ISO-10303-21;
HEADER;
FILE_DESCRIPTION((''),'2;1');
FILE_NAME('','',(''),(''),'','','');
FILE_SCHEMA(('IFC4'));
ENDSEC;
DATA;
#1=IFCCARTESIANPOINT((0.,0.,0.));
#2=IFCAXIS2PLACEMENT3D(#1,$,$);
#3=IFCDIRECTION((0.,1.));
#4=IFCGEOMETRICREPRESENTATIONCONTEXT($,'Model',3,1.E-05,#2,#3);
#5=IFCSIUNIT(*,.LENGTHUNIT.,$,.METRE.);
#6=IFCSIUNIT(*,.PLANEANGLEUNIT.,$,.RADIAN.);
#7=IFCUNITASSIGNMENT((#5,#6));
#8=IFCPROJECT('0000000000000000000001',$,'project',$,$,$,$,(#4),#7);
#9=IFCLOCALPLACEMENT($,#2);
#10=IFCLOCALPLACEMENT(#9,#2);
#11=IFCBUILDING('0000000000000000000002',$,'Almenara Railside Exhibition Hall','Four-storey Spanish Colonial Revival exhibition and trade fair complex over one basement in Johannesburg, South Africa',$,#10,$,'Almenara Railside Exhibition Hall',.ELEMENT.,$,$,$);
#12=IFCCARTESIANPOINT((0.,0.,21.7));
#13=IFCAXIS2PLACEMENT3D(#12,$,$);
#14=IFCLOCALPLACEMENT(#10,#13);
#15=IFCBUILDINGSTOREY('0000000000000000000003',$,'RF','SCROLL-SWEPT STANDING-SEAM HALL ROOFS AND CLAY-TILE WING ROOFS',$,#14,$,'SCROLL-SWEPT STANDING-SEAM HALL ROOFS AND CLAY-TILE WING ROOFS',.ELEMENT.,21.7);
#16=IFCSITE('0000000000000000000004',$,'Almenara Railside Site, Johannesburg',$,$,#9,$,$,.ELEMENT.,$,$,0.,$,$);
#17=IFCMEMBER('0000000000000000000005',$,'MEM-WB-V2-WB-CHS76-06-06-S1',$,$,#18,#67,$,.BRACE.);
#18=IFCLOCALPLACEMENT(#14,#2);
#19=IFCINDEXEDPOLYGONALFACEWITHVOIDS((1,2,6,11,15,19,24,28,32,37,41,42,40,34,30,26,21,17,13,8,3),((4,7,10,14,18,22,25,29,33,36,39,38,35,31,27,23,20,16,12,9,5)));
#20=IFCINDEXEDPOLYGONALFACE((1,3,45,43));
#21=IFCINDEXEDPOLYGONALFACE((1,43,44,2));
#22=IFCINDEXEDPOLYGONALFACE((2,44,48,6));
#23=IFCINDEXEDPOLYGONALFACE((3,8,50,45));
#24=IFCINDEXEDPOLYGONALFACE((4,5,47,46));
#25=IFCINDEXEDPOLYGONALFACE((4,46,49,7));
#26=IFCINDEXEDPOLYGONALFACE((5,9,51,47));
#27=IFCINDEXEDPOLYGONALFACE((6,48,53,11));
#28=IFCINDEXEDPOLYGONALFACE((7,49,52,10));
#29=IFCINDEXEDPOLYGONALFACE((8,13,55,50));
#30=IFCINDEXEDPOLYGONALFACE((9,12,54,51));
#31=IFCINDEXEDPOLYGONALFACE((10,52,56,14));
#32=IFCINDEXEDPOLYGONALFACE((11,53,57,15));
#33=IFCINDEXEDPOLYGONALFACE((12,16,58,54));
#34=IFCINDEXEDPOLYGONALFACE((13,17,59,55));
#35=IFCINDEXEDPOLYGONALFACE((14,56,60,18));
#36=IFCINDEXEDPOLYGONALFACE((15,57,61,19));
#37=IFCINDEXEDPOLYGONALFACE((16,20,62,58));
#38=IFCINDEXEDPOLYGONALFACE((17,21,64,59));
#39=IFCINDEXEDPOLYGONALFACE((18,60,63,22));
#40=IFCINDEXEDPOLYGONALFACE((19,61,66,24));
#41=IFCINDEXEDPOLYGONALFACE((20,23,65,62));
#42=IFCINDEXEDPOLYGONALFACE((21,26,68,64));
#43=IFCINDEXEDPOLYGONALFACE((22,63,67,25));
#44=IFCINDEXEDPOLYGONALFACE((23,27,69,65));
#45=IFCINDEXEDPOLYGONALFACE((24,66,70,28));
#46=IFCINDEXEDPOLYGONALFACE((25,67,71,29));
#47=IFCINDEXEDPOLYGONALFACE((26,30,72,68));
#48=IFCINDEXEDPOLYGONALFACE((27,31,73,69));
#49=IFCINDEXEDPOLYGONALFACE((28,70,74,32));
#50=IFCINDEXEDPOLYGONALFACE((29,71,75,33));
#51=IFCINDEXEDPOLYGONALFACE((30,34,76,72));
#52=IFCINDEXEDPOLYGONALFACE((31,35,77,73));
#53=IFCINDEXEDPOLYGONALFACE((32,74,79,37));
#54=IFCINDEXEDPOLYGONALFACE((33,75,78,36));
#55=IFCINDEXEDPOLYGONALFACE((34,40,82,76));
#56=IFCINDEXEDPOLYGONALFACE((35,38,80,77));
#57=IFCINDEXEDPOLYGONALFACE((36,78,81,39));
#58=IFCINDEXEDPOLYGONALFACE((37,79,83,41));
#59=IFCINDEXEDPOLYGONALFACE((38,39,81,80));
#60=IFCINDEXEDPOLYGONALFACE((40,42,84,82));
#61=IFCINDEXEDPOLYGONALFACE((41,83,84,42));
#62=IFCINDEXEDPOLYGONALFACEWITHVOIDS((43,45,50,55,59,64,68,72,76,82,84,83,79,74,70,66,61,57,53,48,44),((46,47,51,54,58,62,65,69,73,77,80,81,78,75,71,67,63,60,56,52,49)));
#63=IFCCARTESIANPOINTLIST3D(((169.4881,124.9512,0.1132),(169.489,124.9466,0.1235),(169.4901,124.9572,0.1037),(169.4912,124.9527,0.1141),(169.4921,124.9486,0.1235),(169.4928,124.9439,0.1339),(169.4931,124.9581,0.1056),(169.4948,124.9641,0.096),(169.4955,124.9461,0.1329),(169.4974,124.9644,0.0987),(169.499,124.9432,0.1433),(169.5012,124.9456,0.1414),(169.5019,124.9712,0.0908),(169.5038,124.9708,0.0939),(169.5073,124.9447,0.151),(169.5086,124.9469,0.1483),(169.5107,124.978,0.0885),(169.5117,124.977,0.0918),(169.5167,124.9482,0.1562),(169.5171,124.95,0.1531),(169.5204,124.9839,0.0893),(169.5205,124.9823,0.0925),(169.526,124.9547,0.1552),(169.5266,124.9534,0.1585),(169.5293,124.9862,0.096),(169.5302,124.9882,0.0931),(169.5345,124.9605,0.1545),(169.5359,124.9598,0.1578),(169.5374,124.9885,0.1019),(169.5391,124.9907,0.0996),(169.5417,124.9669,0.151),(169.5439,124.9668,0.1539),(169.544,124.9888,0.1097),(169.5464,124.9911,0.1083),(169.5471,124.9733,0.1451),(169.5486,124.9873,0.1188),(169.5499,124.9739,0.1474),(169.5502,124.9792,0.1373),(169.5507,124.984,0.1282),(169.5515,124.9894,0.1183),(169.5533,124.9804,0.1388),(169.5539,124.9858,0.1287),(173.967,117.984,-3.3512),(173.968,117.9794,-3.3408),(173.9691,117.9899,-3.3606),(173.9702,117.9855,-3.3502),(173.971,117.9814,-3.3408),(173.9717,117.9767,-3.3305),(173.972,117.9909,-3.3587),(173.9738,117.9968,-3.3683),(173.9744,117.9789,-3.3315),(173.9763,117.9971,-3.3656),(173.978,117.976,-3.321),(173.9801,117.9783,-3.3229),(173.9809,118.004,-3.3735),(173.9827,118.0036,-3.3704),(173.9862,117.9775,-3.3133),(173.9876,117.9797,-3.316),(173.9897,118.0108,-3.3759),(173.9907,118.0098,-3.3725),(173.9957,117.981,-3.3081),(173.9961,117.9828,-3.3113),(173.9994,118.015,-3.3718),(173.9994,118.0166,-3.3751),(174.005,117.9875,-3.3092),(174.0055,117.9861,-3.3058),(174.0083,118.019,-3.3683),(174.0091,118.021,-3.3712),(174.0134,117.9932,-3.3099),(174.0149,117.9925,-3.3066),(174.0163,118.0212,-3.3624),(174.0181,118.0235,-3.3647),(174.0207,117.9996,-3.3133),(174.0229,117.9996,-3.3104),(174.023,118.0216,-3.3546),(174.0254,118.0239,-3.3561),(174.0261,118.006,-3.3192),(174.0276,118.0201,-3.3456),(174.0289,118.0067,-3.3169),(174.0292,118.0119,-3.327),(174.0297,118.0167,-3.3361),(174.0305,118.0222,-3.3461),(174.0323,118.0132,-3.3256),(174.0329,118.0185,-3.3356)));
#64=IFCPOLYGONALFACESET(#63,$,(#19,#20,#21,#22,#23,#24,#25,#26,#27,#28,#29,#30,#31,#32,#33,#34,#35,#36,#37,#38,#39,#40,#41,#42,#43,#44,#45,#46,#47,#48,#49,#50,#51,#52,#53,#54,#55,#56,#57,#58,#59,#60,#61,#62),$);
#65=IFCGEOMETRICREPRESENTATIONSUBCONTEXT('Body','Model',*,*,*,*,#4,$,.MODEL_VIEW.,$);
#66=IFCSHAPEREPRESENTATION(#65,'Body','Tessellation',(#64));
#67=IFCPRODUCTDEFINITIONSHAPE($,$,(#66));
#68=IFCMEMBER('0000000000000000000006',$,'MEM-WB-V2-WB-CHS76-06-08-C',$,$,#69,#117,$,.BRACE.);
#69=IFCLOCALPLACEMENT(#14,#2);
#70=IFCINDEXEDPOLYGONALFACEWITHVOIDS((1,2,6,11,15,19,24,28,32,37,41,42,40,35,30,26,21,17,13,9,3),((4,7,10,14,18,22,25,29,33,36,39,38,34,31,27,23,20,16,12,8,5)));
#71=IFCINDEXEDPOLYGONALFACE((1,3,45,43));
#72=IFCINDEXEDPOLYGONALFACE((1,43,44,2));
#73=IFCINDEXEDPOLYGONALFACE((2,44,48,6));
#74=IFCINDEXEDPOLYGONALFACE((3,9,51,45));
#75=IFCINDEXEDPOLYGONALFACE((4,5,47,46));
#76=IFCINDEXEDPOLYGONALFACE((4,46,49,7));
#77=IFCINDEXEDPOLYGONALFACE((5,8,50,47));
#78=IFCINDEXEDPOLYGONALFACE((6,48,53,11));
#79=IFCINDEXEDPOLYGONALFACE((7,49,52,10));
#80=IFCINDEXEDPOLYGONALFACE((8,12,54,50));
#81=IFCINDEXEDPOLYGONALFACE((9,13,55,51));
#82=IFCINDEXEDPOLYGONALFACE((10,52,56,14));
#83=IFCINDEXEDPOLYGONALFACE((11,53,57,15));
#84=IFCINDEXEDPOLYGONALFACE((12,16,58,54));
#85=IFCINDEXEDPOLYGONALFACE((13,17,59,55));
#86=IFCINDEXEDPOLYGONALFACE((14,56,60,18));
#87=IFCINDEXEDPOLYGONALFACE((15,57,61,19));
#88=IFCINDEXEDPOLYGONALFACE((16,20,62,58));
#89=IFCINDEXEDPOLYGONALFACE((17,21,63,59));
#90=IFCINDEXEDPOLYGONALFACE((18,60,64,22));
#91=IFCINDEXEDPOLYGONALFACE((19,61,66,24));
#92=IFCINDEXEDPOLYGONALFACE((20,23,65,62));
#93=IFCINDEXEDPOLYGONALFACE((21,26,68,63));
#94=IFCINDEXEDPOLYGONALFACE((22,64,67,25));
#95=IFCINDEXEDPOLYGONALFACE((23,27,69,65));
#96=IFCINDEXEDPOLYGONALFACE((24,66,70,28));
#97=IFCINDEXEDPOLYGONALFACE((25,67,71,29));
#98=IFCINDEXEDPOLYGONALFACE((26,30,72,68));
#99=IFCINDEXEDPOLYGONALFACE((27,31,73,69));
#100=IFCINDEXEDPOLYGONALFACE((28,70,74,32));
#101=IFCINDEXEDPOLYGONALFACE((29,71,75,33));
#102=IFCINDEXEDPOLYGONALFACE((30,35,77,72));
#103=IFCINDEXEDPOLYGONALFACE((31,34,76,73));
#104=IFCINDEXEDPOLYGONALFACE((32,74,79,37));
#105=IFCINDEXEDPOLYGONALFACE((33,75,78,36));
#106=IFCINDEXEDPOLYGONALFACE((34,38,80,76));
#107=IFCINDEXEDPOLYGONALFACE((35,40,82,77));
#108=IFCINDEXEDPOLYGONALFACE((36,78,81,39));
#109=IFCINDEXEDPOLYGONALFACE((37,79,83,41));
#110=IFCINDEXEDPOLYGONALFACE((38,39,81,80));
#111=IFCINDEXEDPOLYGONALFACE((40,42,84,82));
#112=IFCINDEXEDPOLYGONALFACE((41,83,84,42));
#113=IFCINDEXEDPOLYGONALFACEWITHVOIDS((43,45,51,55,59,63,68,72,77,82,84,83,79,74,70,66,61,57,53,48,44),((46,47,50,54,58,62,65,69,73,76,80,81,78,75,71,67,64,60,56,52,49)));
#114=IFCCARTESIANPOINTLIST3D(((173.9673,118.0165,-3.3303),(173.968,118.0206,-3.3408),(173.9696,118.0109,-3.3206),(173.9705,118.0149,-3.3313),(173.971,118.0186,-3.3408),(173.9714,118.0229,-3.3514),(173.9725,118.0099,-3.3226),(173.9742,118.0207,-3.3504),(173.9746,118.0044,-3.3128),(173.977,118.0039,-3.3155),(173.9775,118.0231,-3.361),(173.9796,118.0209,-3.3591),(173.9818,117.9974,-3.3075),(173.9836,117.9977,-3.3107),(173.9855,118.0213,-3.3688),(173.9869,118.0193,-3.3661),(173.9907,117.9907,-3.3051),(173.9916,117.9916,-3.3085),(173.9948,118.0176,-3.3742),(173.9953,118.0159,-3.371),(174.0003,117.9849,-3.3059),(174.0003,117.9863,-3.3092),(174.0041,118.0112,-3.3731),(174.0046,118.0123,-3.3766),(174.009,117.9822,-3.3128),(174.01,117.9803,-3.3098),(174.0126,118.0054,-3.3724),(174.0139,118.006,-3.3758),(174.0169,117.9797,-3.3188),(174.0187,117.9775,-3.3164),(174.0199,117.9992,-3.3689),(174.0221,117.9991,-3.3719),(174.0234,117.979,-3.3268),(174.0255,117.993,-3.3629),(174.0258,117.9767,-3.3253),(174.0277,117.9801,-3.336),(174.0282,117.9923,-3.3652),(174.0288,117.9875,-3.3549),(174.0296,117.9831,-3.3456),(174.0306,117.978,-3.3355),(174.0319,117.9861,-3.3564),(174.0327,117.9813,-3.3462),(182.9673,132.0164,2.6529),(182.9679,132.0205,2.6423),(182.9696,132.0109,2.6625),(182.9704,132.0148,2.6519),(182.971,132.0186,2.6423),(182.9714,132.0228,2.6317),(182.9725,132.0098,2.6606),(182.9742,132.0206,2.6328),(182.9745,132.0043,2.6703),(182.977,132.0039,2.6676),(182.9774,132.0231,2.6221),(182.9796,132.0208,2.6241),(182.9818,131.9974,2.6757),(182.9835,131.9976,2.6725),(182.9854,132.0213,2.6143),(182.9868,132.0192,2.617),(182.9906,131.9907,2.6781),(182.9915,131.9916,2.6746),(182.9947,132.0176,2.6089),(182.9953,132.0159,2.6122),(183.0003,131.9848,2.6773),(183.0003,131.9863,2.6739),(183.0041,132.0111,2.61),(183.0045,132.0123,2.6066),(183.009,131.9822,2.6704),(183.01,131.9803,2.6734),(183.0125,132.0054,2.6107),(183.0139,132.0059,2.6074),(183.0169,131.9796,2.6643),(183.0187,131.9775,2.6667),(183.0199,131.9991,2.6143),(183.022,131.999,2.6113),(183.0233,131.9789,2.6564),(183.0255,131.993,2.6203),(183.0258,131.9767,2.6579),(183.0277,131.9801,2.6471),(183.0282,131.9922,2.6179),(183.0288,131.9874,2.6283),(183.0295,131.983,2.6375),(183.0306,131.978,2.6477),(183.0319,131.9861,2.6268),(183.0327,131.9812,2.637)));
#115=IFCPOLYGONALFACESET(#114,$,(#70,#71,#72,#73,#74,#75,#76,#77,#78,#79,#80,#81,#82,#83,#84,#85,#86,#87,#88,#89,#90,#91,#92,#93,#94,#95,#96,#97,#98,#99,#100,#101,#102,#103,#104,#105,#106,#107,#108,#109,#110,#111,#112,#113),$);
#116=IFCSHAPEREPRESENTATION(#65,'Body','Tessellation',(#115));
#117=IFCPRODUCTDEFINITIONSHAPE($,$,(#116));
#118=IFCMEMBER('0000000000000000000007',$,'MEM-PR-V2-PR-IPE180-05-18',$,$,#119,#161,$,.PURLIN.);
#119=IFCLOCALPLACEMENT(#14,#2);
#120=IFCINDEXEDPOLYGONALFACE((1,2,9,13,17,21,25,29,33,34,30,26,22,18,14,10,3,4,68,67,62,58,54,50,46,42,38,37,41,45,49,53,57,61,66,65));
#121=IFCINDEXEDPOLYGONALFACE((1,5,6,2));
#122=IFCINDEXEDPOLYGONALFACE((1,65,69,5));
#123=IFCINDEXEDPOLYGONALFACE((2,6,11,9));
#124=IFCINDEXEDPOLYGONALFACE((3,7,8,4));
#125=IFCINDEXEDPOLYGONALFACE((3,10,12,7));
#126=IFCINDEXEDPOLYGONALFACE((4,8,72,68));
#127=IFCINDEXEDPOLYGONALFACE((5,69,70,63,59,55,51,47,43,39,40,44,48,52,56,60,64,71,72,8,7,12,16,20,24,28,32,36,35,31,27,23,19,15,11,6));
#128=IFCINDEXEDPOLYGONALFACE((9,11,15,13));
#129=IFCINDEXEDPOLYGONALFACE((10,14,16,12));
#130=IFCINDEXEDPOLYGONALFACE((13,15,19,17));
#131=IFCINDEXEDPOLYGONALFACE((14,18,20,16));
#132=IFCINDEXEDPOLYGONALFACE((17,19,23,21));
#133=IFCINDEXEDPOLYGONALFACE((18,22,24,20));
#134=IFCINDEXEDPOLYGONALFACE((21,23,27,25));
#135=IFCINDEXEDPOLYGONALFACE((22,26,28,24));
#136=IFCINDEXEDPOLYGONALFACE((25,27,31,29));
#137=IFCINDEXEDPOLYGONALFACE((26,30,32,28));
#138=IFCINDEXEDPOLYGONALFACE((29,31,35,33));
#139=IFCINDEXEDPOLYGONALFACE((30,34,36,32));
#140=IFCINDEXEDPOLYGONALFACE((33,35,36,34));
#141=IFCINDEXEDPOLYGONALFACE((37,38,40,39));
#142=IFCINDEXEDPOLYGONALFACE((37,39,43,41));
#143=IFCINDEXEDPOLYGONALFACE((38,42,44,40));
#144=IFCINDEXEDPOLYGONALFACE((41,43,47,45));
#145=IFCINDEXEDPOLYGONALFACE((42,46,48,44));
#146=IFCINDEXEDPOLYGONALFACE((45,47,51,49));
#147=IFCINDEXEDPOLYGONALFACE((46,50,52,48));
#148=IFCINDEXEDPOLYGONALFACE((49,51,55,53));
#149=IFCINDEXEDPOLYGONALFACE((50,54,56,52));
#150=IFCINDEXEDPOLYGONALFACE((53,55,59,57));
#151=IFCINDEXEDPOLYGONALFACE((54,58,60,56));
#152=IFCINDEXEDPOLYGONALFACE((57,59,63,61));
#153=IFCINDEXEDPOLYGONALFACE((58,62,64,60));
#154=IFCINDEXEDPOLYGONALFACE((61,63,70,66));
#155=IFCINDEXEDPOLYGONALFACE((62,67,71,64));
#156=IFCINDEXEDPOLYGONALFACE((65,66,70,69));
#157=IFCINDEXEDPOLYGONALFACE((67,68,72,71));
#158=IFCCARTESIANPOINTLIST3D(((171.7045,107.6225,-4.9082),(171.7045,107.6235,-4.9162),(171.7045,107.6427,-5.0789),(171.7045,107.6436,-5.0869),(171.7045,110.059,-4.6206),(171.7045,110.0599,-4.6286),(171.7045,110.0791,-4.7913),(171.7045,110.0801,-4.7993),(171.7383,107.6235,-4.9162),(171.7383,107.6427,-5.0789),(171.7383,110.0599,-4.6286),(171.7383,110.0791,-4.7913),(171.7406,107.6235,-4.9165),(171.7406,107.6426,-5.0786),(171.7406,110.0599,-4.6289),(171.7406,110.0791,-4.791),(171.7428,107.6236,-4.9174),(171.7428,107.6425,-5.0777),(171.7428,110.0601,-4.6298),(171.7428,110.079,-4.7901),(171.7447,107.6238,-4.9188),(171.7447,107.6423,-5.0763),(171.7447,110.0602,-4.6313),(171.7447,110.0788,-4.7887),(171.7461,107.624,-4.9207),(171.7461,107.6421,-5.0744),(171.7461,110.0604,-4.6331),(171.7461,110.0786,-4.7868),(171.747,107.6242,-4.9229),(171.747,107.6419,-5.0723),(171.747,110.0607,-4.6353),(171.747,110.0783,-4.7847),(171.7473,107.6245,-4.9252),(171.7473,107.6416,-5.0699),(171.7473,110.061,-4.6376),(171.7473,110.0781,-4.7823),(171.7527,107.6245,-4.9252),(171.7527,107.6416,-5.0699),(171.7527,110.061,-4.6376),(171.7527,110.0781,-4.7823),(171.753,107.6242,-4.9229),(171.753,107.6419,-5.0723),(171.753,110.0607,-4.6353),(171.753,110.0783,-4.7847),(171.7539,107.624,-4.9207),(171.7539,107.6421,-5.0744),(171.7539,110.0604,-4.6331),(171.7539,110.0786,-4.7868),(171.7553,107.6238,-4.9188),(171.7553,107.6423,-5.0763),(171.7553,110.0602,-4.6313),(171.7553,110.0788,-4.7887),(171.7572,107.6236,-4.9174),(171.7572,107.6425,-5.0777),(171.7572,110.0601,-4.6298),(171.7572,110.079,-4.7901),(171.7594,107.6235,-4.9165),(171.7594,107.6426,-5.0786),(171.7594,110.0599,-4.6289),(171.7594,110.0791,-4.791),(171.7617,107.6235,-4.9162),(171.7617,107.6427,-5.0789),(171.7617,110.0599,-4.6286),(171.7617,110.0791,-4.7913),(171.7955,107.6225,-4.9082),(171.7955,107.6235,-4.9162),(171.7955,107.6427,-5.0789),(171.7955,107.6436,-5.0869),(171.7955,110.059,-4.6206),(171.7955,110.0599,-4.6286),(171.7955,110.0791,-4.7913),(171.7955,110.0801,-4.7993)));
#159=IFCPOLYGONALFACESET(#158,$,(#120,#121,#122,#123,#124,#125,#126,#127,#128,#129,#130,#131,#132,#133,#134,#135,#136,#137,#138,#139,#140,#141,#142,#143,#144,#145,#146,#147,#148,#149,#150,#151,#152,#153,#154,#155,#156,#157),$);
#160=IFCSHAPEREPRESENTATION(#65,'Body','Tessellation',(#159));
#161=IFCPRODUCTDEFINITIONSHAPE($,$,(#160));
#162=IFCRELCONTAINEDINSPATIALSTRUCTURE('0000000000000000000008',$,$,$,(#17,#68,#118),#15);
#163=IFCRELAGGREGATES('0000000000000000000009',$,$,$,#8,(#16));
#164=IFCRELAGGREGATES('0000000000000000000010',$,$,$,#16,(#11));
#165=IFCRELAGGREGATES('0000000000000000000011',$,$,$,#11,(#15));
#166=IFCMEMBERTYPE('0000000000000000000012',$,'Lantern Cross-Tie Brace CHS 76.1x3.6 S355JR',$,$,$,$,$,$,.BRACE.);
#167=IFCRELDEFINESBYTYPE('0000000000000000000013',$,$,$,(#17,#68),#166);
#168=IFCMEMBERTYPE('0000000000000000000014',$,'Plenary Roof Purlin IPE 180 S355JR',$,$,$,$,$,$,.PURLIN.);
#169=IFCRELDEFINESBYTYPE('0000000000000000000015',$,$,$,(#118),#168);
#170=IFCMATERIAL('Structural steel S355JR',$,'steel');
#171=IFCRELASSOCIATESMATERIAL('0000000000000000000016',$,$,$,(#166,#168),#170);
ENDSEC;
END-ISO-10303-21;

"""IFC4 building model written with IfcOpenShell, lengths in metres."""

from ifc_helpers import new_model, si_unit, direction, frame, origin, origin_2d, place, context, subcontext, project, spatial, hollow_circle, i_section, extrude, material, material_profile, profile_set, type_object, element, save


model = new_model("IFC4")

# Units and contexts
model_context = context("Model", 3, precision=1e-05, world=origin(), true_north=direction((0.0, 1.0)))
body_context = subcontext(model_context, "Body", "Model", "MODEL_VIEW")
ifc_project = project(units=[si_unit("LENGTHUNIT", "METRE"), si_unit("PLANEANGLEUNIT", "RADIAN")], contexts=[model_context])

# Site, building, storey
site_placement = place(None, origin())
site = spatial("IfcSite", under=ifc_project, at=site_placement, Name="Almenara Railside Site, Johannesburg", CompositionType="ELEMENT", RefElevation=0.0)
building_placement = place(site_placement, origin())
building = spatial("IfcBuilding", under=site, at=building_placement, Name="Almenara Railside Exhibition Hall", Description="Four-storey Spanish Colonial Revival exhibition and trade fair complex over one basement in Johannesburg, South Africa", LongName="Almenara Railside Exhibition Hall", CompositionType="ELEMENT")
storey_placement = place(building_placement, frame((0.0, 0.0, 21.7)))
storey = spatial("IfcBuildingStorey", under=building, at=storey_placement, Name="RF", Description="SCROLL-SWEPT STANDING-SEAM HALL ROOFS AND CLAY-TILE WING ROOFS", LongName="SCROLL-SWEPT STANDING-SEAM HALL ROOFS AND CLAY-TILE WING ROOFS", CompositionType="ELEMENT", Elevation=21.7)

# Members
ifc_material_1 = material(Name="Structural steel S355JR", Category="steel")
ifc_material_profile_1 = material_profile(ifc_material_1, hollow_circle(Radius=0.0381, WallThickness=0.0037, at=origin_2d()), Name="CHS 76.1x3.6")
ifc_profile_set_1 = profile_set([ifc_material_profile_1], Name="Structural steel S355JR")
member_type_1 = type_object("IfcMemberType", Name="Lantern Cross-Tie Brace CHS 76.1x3.6 S355JR", PredefinedType="BRACE", material=ifc_profile_set_1)
member_1_placement = place(storey_placement, frame((174.0, 118.0, -3.3408), z_axis=(-0.498881, 0.776031, 0.385867), x_axis=(-0.841177, -0.540761, 0.0)))
element("IfcMember", 1, at=member_1_placement, inside=storey, type_object=member_type_1, Name="MEM-WB-V2-WB-CHS76-06-06-S1", PredefinedType="BRACE", context=body_context, shape_type="SweptSolid", body=[
    extrude(hollow_circle(Radius=0.0381, WallThickness=0.0037, at=origin_2d()), origin(), (0.0, 0.0, 1.0), 8.978),
])
member_2_placement = place(storey_placement, frame((174.0, 118.0, -3.3408), z_axis=(0.508874, 0.791582, 0.338297), x_axis=(-0.841178, 0.540758, 0.0)))
element("IfcMember", 2, at=member_2_placement, inside=storey, type_object=member_type_1, Name="MEM-WB-V2-WB-CHS76-06-08-C", PredefinedType="BRACE", context=body_context, shape_type="SweptSolid", body=[
    extrude(hollow_circle(Radius=0.0381, WallThickness=0.0037, at=origin_2d()), origin(), (0.0, 0.0, 1.0), 17.686),
])
ifc_material_profile_2 = material_profile(ifc_material_1, i_section(OverallWidth=0.0911, OverallDepth=0.1799, WebThickness=0.0054, FlangeThickness=0.0081, FilletRadius=0.009, at=origin_2d()), Name="IPE 180")
ifc_profile_set_2 = profile_set([ifc_material_profile_2], Name="Structural steel S355JR")
member_type_2 = type_object("IfcMemberType", Name="Plenary Roof Purlin IPE 180 S355JR", PredefinedType="PURLIN", material=ifc_profile_set_2)
member_3_placement = place(storey_placement, frame((171.75, 107.6331, -4.9976), z_axis=(0.0, 0.993106, 0.117222), x_axis=(-1.0, 0.0, 0.0)))
element("IfcMember", 3, at=member_3_placement, inside=storey, type_object=member_type_2, Name="MEM-PR-V2-PR-IPE180-05-18", PredefinedType="PURLIN", context=body_context, shape_type="SweptSolid", body=[
    extrude(i_section(OverallWidth=0.0911, OverallDepth=0.1799, WebThickness=0.0054, FlangeThickness=0.0081, FilletRadius=0.009, at=origin_2d()), origin(), (0.0, 0.0, 1.0), 2.4534),
])

save(model, "model.ifc")
